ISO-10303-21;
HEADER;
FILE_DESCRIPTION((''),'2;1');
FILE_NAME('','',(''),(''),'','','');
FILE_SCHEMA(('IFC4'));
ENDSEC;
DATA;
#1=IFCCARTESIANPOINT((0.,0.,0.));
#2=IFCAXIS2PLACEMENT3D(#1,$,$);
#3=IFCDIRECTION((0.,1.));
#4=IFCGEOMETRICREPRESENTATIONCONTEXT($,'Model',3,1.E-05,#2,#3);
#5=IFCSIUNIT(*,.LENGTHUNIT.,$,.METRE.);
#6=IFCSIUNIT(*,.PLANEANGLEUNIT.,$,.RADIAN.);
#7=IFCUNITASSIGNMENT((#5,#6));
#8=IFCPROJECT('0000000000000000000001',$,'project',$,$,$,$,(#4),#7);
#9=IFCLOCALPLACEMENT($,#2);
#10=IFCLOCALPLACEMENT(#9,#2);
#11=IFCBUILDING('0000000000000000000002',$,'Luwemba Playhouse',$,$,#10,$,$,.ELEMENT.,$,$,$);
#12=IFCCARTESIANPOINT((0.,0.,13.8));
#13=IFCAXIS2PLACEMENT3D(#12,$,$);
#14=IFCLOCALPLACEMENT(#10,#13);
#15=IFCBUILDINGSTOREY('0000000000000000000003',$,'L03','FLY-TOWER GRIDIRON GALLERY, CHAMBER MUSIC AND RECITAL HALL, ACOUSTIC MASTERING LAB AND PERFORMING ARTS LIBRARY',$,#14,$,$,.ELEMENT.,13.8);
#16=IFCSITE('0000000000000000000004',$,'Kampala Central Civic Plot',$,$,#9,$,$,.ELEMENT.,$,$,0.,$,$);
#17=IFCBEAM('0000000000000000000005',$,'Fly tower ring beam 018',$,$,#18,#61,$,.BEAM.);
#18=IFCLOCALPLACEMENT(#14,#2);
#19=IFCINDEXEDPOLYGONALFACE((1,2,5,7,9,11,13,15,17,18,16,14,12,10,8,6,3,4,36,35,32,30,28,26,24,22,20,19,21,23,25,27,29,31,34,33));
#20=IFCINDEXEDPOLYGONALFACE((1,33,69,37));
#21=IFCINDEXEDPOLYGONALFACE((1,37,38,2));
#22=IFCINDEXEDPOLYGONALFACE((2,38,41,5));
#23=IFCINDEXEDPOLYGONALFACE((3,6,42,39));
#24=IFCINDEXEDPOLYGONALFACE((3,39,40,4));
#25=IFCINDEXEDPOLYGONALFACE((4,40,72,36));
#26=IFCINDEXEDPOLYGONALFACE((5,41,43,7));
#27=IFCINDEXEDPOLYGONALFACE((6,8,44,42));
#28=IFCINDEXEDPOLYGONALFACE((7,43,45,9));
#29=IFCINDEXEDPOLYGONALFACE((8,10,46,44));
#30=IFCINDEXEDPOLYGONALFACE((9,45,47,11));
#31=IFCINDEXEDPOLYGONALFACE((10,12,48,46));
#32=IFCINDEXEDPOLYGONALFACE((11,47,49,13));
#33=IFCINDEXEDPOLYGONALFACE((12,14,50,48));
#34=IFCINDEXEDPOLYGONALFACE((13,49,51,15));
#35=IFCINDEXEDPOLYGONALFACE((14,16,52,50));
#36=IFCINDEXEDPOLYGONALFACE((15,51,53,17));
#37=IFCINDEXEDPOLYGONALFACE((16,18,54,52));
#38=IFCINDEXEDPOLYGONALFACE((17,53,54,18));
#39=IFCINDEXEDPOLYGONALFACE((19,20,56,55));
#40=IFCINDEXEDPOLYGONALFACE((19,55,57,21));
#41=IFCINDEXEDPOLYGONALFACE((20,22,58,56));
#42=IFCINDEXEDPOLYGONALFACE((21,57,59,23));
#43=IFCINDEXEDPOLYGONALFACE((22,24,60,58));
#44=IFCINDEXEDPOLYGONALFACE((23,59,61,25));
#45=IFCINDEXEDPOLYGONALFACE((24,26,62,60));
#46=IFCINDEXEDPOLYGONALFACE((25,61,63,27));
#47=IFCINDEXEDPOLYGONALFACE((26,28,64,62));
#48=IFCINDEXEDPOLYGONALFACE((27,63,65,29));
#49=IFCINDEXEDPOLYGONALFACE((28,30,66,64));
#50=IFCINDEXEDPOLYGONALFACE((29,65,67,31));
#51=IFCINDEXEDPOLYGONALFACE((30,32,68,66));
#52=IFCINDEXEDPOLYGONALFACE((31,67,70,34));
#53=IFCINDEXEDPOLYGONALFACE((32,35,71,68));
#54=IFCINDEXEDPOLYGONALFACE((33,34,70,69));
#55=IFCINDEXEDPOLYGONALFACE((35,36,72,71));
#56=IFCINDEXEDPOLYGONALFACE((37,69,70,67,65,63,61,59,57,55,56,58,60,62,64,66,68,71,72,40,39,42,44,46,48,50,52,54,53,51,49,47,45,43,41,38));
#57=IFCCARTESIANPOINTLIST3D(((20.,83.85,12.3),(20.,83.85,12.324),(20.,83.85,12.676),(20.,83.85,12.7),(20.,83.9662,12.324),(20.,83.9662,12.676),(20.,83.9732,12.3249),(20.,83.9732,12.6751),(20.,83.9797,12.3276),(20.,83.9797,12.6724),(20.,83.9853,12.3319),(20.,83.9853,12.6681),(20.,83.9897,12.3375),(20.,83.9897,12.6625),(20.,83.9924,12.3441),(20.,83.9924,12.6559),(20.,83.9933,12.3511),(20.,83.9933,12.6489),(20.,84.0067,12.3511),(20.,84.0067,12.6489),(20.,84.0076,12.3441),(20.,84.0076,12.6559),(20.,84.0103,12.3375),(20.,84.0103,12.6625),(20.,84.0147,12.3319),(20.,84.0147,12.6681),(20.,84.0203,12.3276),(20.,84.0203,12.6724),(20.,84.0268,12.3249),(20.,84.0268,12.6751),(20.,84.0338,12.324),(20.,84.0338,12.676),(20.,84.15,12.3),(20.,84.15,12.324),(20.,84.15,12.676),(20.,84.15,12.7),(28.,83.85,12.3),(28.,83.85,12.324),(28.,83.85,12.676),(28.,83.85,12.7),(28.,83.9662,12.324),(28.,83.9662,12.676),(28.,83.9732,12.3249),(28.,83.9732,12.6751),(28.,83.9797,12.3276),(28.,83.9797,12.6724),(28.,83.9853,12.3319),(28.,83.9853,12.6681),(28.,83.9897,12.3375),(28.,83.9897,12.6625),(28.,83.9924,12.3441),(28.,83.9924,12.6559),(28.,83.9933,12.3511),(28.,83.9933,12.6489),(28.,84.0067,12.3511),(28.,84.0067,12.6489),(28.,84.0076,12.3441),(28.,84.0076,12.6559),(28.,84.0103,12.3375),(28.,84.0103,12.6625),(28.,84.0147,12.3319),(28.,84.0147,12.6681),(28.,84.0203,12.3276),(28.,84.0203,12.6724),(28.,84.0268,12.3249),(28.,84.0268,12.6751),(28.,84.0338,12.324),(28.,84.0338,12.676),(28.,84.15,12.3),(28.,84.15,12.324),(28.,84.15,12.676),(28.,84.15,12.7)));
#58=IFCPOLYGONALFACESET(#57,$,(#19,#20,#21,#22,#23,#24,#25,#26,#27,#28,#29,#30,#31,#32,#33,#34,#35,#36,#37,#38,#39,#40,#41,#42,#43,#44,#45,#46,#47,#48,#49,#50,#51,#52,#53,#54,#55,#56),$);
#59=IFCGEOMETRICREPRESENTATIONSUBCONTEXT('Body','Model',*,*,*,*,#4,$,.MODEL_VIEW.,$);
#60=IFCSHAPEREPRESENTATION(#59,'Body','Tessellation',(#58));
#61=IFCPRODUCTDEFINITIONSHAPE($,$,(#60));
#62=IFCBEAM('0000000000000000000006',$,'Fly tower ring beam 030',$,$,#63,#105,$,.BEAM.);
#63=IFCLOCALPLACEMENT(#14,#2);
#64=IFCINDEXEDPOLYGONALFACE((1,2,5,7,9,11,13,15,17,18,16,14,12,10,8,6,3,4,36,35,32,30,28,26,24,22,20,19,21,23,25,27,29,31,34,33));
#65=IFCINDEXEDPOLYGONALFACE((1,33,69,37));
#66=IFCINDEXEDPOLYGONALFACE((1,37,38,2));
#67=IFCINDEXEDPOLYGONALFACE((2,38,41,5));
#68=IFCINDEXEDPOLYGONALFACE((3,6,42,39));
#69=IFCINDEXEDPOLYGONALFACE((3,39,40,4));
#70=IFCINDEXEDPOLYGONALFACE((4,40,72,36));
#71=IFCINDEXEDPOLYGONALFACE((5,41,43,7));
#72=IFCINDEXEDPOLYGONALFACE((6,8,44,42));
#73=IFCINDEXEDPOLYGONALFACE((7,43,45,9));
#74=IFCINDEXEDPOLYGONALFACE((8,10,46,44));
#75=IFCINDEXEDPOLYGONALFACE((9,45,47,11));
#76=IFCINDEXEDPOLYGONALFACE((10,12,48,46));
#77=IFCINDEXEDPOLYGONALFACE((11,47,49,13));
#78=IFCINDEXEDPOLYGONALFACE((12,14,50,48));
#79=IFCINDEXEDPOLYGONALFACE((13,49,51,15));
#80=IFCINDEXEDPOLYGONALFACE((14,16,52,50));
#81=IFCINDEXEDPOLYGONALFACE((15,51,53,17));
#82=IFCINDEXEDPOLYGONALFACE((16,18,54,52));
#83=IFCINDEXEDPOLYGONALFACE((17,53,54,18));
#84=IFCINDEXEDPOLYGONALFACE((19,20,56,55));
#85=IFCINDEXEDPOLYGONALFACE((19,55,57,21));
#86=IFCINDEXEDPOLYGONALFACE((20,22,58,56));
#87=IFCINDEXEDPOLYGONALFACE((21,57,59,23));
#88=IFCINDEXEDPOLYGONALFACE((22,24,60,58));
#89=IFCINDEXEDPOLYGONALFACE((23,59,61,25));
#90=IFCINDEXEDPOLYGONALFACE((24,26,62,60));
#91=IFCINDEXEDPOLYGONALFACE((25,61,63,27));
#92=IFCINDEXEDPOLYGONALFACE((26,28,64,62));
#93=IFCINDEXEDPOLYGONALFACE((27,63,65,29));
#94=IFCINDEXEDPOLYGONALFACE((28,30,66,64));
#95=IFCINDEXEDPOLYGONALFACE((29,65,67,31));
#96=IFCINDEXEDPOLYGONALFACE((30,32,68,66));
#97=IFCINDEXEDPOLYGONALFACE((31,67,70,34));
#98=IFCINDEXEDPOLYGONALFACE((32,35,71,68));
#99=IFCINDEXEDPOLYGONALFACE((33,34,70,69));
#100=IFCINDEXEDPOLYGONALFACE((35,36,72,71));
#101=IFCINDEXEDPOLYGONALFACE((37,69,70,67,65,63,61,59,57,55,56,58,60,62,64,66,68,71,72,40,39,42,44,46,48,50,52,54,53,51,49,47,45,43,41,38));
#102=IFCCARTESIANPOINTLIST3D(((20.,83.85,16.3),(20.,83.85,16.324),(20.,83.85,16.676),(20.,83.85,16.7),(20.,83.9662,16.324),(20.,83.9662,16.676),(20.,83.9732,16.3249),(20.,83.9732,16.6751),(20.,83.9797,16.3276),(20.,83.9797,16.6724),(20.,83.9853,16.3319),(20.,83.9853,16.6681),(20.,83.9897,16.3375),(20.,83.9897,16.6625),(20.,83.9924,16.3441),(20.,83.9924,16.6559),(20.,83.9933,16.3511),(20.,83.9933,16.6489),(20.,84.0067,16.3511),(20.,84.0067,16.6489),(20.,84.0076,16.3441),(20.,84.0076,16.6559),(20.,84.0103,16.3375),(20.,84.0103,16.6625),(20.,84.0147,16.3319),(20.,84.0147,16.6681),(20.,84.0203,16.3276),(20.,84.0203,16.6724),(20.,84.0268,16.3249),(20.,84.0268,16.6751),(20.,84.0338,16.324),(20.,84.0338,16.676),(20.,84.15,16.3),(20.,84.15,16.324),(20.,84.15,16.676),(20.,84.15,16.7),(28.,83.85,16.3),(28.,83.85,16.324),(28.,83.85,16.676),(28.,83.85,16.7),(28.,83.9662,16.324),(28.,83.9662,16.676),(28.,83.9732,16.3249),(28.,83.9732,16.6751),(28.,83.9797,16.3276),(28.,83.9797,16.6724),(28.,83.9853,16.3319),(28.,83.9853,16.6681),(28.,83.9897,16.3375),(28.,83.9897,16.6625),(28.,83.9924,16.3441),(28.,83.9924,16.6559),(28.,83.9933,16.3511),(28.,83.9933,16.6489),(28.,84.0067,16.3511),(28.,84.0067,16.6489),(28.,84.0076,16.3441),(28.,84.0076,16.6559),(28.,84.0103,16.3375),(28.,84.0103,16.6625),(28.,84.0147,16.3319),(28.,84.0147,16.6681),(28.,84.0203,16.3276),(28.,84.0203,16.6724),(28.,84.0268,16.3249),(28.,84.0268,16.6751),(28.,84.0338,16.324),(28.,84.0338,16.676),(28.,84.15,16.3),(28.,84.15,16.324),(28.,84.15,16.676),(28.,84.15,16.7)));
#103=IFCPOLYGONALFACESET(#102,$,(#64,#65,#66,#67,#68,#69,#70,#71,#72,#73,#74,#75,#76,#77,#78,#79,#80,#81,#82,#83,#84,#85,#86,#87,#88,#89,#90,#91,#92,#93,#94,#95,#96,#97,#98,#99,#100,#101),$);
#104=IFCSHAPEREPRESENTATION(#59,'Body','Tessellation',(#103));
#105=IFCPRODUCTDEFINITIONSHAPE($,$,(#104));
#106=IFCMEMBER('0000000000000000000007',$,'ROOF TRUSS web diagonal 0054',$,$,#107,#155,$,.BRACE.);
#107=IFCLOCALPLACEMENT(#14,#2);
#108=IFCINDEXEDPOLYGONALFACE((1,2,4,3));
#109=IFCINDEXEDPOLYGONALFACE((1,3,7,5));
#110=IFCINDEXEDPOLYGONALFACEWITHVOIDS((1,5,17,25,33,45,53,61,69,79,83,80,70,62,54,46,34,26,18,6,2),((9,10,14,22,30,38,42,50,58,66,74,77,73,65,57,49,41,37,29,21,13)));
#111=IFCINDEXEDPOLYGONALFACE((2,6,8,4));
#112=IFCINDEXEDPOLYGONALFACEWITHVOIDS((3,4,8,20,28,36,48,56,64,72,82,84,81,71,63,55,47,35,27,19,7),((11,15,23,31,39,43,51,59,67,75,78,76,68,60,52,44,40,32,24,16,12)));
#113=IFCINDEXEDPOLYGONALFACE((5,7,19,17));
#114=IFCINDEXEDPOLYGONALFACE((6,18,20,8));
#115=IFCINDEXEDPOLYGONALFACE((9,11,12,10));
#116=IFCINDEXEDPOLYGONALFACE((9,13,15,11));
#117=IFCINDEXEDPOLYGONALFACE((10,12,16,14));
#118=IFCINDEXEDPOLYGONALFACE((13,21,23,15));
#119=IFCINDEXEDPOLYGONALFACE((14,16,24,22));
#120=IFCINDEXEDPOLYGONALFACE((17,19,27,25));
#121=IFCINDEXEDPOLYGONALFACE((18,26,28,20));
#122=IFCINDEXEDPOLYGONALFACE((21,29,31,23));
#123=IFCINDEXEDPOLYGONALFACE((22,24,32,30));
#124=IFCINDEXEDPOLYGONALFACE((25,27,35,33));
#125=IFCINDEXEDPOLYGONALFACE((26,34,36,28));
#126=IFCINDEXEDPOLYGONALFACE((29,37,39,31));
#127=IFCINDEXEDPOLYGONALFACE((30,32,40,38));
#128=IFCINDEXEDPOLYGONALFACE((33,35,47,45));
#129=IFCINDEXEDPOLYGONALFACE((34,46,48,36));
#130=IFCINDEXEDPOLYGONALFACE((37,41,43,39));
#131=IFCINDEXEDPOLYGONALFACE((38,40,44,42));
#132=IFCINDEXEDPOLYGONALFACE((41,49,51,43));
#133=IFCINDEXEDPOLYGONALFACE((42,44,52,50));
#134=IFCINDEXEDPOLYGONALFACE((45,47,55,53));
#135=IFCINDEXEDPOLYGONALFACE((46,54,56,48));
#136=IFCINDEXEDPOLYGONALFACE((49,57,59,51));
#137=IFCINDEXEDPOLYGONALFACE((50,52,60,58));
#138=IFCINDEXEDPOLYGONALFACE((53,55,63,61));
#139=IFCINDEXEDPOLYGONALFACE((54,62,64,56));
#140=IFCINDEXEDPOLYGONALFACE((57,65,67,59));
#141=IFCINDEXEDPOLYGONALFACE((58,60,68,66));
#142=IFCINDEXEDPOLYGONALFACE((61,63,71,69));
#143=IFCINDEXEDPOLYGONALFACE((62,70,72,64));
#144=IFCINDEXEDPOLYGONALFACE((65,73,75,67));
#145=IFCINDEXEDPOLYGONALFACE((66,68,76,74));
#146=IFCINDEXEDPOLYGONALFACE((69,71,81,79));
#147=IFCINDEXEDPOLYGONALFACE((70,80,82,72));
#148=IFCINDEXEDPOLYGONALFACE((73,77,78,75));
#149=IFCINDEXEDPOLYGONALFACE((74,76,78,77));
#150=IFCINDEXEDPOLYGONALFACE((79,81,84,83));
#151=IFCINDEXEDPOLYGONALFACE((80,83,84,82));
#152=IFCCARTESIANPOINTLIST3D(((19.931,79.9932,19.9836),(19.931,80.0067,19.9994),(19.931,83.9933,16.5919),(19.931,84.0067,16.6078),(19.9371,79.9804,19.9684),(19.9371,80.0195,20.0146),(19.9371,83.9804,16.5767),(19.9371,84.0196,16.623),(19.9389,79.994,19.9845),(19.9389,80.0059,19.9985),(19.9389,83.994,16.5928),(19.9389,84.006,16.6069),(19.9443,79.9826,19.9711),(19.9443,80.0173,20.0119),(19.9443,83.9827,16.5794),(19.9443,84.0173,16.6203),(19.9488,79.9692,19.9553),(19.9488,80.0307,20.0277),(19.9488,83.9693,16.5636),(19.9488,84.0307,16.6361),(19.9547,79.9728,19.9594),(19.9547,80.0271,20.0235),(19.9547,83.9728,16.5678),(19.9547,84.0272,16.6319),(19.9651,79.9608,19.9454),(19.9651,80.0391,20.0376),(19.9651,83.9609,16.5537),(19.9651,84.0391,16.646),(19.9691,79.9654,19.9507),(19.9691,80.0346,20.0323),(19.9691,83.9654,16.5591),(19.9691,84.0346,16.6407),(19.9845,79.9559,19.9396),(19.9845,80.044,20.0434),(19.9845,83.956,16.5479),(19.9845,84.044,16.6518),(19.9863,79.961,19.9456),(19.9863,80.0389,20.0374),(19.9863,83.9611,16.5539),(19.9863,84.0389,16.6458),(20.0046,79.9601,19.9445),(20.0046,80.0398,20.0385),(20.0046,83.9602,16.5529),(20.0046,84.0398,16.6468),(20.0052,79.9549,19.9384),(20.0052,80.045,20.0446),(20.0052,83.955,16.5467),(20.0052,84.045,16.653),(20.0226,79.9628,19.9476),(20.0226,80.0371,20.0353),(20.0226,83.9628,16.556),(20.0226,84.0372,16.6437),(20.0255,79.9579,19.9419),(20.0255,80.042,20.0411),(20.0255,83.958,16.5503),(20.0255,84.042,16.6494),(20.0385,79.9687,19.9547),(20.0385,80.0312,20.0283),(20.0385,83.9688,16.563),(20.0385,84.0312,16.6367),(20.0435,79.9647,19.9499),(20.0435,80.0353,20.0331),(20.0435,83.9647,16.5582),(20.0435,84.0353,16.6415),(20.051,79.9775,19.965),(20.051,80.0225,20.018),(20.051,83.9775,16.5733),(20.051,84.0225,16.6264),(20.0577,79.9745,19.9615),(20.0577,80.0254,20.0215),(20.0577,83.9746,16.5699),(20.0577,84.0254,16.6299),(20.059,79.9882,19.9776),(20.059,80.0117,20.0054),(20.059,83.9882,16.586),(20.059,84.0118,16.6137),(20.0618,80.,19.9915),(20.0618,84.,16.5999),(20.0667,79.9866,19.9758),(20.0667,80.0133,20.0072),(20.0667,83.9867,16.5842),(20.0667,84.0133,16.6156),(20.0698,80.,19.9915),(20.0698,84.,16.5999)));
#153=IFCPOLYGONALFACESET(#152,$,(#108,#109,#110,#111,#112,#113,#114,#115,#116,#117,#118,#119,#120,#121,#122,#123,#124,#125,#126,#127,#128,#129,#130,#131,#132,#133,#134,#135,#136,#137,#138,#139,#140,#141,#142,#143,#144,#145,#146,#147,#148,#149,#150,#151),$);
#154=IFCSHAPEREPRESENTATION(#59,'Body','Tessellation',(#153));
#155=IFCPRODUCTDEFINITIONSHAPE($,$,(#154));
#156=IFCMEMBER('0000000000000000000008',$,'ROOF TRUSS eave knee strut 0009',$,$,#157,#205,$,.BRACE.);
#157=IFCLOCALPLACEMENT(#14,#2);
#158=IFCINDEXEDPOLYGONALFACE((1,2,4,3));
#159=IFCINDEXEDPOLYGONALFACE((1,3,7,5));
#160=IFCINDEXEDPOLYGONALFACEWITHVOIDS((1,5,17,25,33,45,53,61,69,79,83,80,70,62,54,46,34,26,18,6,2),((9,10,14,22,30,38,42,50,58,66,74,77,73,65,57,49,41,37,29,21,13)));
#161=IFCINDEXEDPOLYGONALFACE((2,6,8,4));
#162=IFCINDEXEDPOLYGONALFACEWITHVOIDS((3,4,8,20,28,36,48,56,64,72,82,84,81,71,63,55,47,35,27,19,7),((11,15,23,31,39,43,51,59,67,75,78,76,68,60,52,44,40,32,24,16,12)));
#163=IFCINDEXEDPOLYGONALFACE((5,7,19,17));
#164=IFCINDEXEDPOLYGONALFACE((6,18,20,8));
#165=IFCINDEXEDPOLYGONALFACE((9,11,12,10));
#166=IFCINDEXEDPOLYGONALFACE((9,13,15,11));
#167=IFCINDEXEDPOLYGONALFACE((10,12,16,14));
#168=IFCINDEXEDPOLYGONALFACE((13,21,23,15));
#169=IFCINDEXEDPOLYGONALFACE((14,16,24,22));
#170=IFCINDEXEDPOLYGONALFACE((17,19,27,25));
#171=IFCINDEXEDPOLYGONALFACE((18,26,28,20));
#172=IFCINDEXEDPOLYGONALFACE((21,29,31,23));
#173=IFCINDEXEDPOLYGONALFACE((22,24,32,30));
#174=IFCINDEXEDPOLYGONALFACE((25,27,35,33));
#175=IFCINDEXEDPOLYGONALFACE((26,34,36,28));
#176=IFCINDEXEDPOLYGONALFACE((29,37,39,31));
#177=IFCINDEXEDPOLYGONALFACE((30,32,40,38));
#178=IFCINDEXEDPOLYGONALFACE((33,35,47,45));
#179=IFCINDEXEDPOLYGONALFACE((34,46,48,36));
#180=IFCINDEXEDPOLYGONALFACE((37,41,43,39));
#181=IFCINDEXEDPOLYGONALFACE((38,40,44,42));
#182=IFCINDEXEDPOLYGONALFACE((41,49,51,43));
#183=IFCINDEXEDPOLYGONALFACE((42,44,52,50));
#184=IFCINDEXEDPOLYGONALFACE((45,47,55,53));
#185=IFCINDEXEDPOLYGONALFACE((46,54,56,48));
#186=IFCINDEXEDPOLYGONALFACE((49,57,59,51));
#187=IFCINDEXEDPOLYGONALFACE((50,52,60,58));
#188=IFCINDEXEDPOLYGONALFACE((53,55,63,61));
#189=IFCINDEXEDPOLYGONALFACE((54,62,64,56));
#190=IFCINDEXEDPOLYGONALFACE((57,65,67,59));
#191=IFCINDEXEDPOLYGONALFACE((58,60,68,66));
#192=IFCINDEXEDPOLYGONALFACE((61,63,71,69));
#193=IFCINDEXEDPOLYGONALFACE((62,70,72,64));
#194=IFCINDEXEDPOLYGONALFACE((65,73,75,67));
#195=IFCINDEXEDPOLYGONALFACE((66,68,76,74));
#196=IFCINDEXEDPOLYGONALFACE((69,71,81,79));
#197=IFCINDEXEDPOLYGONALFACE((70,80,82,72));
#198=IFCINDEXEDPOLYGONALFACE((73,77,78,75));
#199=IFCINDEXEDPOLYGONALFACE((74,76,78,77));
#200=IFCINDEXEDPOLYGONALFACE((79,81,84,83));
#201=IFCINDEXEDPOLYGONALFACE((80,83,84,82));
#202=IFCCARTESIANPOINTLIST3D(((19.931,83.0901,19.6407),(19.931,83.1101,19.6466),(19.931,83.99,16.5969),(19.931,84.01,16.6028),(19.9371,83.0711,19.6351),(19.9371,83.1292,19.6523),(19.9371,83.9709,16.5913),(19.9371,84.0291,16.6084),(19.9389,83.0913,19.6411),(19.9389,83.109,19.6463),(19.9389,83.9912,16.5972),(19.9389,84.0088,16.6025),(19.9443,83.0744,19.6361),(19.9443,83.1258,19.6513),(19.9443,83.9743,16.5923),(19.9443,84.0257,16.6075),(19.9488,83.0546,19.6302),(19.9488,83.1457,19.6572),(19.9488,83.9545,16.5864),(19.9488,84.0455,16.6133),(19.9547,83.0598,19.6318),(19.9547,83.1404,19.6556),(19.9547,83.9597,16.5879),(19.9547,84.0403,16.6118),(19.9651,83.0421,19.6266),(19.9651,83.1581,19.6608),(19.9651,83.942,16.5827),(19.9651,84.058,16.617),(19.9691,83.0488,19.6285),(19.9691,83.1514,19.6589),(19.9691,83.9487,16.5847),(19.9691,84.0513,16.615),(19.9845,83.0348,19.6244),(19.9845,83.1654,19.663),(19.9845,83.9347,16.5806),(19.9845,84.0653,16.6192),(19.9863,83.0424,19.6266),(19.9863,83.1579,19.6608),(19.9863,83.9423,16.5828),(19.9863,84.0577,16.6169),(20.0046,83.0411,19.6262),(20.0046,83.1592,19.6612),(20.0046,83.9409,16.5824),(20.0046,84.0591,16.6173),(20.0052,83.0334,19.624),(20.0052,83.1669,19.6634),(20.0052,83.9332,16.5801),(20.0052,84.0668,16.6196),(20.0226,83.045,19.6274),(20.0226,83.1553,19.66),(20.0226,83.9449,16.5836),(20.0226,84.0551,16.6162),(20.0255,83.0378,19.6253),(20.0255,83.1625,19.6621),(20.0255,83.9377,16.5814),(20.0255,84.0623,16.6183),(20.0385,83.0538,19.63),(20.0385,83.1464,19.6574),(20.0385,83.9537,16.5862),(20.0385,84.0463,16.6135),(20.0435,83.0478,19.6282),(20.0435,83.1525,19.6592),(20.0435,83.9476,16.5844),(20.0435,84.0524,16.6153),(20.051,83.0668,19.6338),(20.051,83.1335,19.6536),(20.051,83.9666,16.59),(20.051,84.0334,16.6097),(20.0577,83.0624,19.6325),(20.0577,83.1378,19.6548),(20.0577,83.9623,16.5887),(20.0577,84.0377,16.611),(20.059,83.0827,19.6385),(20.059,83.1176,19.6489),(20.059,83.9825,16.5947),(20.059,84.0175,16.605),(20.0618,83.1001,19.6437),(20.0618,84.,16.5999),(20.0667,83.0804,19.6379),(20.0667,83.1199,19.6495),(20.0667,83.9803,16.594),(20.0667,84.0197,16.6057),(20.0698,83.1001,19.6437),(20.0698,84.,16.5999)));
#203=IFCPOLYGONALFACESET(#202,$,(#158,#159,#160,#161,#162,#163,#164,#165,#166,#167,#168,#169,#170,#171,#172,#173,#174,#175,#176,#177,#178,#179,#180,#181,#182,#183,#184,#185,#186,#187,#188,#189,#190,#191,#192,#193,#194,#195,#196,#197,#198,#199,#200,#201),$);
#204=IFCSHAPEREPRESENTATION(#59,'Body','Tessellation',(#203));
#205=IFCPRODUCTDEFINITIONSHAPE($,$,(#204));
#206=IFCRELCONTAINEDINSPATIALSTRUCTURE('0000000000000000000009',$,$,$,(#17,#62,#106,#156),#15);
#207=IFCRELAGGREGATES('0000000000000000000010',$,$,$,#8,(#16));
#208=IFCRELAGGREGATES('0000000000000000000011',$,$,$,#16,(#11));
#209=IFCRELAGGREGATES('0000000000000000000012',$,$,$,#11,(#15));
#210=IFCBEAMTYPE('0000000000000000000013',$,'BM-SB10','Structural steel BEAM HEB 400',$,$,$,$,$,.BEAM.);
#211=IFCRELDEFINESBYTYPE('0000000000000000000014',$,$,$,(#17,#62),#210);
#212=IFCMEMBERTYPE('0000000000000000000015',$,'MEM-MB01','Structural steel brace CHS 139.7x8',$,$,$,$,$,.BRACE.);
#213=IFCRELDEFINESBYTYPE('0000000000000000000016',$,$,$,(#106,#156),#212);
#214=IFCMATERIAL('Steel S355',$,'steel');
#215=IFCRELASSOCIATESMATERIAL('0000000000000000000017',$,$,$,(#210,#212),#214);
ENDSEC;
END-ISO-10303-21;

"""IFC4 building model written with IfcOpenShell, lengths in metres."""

from ifc_helpers import new_model, si_unit, direction, frame, origin, origin_2d, place, context, subcontext, project, spatial, hollow_circle, i_section, extrude, material, material_profile, profile_set, type_object, element, save


model = new_model("IFC4")

# Units and contexts
model_context = context("Model", 3, precision=1e-05, world=origin(), true_north=direction((0.0, 1.0)))
body_context = subcontext(model_context, "Body", "Model", "MODEL_VIEW")
ifc_project = project(units=[si_unit("LENGTHUNIT", "METRE"), si_unit("PLANEANGLEUNIT", "RADIAN")], contexts=[model_context])

# Site, building, storey
site_placement = place(None, origin())
site = spatial("IfcSite", under=ifc_project, at=site_placement, Name="Kampala Central Civic Plot", CompositionType="ELEMENT", RefElevation=0.0)
building_placement = place(site_placement, origin())
building = spatial("IfcBuilding", under=site, at=building_placement, Name="Luwemba Playhouse", CompositionType="ELEMENT")
storey_placement = place(building_placement, frame((0.0, 0.0, 13.8)))
storey = spatial("IfcBuildingStorey", under=building, at=storey_placement, Name="L03", Description="FLY-TOWER GRIDIRON GALLERY, CHAMBER MUSIC AND RECITAL HALL, ACOUSTIC MASTERING LAB AND PERFORMING ARTS LIBRARY", CompositionType="ELEMENT", Elevation=13.8)

# Shared definitions
ifc_material_1 = material(Name="Steel S355", Category="steel")

# Beams
ifc_material_profile_1 = material_profile(ifc_material_1, i_section(OverallWidth=0.3, OverallDepth=0.3999, WebThickness=0.0134, FlangeThickness=0.0239, FilletRadius=0.0271, at=origin_2d()))
ifc_profile_set_1 = profile_set([ifc_material_profile_1], Name="Steel S355")
beam_type = type_object("IfcBeamType", Name="BM-SB10", Description="Structural steel BEAM HEB 400", PredefinedType="BEAM", material=ifc_profile_set_1)
for number, where, z_axis, x_axis, name in (
    (1, (20.0, 84.0, 12.5), (1.0, 0.0, 0.0), (0.0, 1.0, 0.0), "Fly tower ring beam 018"),
    (2, (20.0, 84.0, 16.5), (1.0, 0.0, 0.0), (0.0, 1.0, 0.0), "Fly tower ring beam 030"),
):
    element("IfcBeam", number, at=place(storey_placement, frame(where, z_axis=z_axis, x_axis=x_axis)), inside=storey, type_object=beam_type, Name=name, PredefinedType="BEAM", context=body_context, shape_type="SweptSolid", body=[
        extrude(i_section(OverallWidth=0.3, OverallDepth=0.3999, WebThickness=0.0134, FlangeThickness=0.0239, FilletRadius=0.0271, at=origin_2d()), origin(), (0.0, 0.0, 1.0), 8.0),
    ])

# Members
ifc_material_profile_2 = material_profile(ifc_material_1, hollow_circle(Radius=0.0698, WallThickness=0.0081, at=origin_2d()))
ifc_profile_set_2 = profile_set([ifc_material_profile_2], Name="Steel S355")
member_type_1 = type_object("IfcMemberType", Name="MEM-MB01", Description="Structural steel brace CHS 139.7x8", PredefinedType="BRACE", material=ifc_profile_set_2)
member_1_placement = place(storey_placement, frame((20.0, 84.0, 16.5999), z_axis=(0.0, -0.762729, 0.646718), x_axis=(1.0, 0.0, 0.0)))
element("IfcMember", 3, at=member_1_placement, inside=storey, type_object=member_type_1, Name="ROOF TRUSS web diagonal 0054", PredefinedType="BRACE", context=body_context, shape_type="SweptSolid", body=[
    extrude(hollow_circle(Radius=0.0698, WallThickness=0.0081, at=origin_2d()), origin(), (0.0, 0.0, 1.0), 5.2444),
])
member_2_placement = place(storey_placement, frame((20.0, 84.0, 16.5999), z_axis=(0.0, -0.283507, 0.95897), x_axis=(1.0, 0.0, 0.0)))
element("IfcMember", 4, at=member_2_placement, inside=storey, type_object=member_type_1, Name="ROOF TRUSS eave knee strut 0009", PredefinedType="BRACE", context=body_context, shape_type="SweptSolid", body=[
    extrude(hollow_circle(Radius=0.0698, WallThickness=0.0081, at=origin_2d()), origin(), (0.0, 0.0, 1.0), 3.1741),
])

save(model, "model.ifc")
